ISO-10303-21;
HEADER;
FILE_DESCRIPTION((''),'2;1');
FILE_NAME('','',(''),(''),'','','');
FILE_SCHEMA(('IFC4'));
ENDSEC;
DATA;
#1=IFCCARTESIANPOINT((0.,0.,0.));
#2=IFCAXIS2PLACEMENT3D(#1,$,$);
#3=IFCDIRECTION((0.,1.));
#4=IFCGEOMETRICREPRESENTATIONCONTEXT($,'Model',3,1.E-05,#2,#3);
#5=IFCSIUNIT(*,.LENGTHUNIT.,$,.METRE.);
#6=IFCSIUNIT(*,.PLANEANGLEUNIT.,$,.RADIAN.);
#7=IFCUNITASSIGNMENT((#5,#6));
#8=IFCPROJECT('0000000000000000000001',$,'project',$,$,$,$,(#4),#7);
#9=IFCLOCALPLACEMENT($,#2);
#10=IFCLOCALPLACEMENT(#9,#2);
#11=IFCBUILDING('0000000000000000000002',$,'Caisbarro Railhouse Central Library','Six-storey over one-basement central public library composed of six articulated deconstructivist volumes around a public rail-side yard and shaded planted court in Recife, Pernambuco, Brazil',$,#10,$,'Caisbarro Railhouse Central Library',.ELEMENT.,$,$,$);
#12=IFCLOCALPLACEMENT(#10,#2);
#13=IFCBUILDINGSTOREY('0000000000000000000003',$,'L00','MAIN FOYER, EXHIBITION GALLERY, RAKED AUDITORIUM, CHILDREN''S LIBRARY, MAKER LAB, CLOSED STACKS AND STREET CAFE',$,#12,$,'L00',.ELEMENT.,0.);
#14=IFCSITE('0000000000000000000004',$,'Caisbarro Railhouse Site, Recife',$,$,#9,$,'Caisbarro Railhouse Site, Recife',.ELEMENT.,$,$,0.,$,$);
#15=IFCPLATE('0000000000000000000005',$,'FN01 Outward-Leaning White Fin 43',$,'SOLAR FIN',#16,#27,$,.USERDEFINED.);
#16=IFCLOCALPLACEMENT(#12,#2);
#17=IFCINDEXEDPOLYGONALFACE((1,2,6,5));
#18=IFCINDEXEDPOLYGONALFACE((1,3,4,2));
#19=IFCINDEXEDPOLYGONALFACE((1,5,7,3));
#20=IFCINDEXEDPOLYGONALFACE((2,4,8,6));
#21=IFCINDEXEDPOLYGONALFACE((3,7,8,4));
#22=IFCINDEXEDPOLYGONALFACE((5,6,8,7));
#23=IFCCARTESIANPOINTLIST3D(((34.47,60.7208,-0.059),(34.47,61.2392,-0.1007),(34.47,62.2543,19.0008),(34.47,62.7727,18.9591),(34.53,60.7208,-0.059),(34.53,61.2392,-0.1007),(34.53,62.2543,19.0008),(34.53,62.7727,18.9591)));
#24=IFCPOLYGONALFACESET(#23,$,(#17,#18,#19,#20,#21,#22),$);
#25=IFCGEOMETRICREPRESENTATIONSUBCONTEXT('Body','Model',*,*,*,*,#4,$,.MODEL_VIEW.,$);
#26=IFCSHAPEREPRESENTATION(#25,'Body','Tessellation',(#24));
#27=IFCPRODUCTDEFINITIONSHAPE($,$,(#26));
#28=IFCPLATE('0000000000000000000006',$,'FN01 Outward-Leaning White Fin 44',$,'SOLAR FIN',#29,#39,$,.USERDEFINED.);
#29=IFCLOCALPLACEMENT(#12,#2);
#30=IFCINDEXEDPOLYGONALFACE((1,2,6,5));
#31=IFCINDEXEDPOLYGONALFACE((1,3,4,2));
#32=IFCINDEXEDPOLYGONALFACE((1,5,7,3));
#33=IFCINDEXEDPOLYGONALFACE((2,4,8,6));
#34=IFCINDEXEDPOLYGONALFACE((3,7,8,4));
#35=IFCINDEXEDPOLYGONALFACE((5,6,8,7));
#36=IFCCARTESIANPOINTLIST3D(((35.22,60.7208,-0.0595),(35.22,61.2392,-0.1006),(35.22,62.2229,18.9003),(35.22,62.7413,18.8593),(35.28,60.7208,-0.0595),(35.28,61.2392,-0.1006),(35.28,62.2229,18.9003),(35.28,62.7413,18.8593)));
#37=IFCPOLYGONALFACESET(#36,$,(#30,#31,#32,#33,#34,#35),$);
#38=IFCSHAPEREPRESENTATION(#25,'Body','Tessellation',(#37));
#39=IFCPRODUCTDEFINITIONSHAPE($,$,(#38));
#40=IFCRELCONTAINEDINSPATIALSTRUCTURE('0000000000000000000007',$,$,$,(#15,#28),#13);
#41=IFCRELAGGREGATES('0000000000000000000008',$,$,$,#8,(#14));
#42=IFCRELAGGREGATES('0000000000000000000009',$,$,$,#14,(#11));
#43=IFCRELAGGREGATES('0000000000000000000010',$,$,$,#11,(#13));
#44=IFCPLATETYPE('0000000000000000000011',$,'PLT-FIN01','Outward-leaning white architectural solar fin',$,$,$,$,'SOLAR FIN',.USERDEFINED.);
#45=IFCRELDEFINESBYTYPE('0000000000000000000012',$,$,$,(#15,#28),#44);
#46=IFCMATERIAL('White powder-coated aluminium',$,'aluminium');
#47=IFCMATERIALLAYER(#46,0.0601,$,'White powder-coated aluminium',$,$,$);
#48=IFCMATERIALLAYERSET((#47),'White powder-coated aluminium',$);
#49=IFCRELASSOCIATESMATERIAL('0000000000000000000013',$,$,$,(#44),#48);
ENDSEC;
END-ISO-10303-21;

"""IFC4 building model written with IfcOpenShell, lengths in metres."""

from ifc_helpers import new_model, si_unit, direction, frame, origin, origin_2d, place, context, subcontext, project, spatial, rectangle, extrude, material, layer, layer_set, type_object, element, save


model = new_model("IFC4")

# Units and contexts
model_context = context("Model", 3, precision=1e-05, world=origin(), true_north=direction((0.0, 1.0)))
body_context = subcontext(model_context, "Body", "Model", "MODEL_VIEW")
ifc_project = project(units=[si_unit("LENGTHUNIT", "METRE"), si_unit("PLANEANGLEUNIT", "RADIAN")], contexts=[model_context])

# Site, building, storey
site_placement = place(None, origin())
site = spatial("IfcSite", under=ifc_project, at=site_placement, Name="Caisbarro Railhouse Site, Recife", LongName="Caisbarro Railhouse Site, Recife", CompositionType="ELEMENT", RefElevation=0.0)
building_placement = place(site_placement, origin())
building = spatial("IfcBuilding", under=site, at=building_placement, Name="Caisbarro Railhouse Central Library", Description="Six-storey over one-basement central public library composed of six articulated deconstructivist volumes around a public rail-side yard and shaded planted court in Recife, Pernambuco, Brazil", LongName="Caisbarro Railhouse Central Library", CompositionType="ELEMENT")
storey_placement = place(building_placement, origin())
storey = spatial("IfcBuildingStorey", under=building, at=storey_placement, Name="L00", Description="MAIN FOYER, EXHIBITION GALLERY, RAKED AUDITORIUM, CHILDREN'S LIBRARY, MAKER LAB, CLOSED STACKS AND STREET CAFE", LongName="L00", CompositionType="ELEMENT", Elevation=0.0)

# Plates
ifc_material_1 = material(Name="White powder-coated aluminium", Category="aluminium")
ifc_layer_1 = layer(ifc_material_1, 0.0601, Name="White powder-coated aluminium")
ifc_layer_set_1 = layer_set([ifc_layer_1], Name="White powder-coated aluminium")
plate_type_1 = type_object("IfcPlateType", Name="PLT-FIN01", Description="Outward-leaning white architectural solar fin", ElementType="SOLAR FIN", PredefinedType="USERDEFINED", material=ifc_layer_set_1)
plate_1_placement = place(storey_placement, frame((34.5, 60.98, -0.0798), z_axis=(0.0, 0.080199, 0.996779), x_axis=(1.0, 0.0, 0.0)))
element("IfcPlate", 1, at=plate_1_placement, inside=storey, type_object=plate_type_1, Name="FN01 Outward-Leaning White Fin 43", ObjectType="SOLAR FIN", PredefinedType="USERDEFINED", context=body_context, shape_type="SweptSolid", body=[
    extrude(rectangle(XDim=0.0601, YDim=0.52, at=origin_2d()), origin(), (0.0, 0.0, 1.0), 19.1213),
])
plate_2_placement = place(storey_placement, frame((35.25, 60.98, -0.0801), z_axis=(0.0, 0.078981, 0.996876), x_axis=(1.0, 0.0, 0.0)))
element("IfcPlate", 2, at=plate_2_placement, inside=storey, type_object=plate_type_1, Name="FN01 Outward-Leaning White Fin 44", ObjectType="SOLAR FIN", PredefinedType="USERDEFINED", context=body_context, shape_type="SweptSolid", body=[
    extrude(rectangle(XDim=0.0601, YDim=0.52, at=origin_2d()), origin(), (0.0, 0.0, 1.0), 19.0193),
])

save(model, "model.ifc")
